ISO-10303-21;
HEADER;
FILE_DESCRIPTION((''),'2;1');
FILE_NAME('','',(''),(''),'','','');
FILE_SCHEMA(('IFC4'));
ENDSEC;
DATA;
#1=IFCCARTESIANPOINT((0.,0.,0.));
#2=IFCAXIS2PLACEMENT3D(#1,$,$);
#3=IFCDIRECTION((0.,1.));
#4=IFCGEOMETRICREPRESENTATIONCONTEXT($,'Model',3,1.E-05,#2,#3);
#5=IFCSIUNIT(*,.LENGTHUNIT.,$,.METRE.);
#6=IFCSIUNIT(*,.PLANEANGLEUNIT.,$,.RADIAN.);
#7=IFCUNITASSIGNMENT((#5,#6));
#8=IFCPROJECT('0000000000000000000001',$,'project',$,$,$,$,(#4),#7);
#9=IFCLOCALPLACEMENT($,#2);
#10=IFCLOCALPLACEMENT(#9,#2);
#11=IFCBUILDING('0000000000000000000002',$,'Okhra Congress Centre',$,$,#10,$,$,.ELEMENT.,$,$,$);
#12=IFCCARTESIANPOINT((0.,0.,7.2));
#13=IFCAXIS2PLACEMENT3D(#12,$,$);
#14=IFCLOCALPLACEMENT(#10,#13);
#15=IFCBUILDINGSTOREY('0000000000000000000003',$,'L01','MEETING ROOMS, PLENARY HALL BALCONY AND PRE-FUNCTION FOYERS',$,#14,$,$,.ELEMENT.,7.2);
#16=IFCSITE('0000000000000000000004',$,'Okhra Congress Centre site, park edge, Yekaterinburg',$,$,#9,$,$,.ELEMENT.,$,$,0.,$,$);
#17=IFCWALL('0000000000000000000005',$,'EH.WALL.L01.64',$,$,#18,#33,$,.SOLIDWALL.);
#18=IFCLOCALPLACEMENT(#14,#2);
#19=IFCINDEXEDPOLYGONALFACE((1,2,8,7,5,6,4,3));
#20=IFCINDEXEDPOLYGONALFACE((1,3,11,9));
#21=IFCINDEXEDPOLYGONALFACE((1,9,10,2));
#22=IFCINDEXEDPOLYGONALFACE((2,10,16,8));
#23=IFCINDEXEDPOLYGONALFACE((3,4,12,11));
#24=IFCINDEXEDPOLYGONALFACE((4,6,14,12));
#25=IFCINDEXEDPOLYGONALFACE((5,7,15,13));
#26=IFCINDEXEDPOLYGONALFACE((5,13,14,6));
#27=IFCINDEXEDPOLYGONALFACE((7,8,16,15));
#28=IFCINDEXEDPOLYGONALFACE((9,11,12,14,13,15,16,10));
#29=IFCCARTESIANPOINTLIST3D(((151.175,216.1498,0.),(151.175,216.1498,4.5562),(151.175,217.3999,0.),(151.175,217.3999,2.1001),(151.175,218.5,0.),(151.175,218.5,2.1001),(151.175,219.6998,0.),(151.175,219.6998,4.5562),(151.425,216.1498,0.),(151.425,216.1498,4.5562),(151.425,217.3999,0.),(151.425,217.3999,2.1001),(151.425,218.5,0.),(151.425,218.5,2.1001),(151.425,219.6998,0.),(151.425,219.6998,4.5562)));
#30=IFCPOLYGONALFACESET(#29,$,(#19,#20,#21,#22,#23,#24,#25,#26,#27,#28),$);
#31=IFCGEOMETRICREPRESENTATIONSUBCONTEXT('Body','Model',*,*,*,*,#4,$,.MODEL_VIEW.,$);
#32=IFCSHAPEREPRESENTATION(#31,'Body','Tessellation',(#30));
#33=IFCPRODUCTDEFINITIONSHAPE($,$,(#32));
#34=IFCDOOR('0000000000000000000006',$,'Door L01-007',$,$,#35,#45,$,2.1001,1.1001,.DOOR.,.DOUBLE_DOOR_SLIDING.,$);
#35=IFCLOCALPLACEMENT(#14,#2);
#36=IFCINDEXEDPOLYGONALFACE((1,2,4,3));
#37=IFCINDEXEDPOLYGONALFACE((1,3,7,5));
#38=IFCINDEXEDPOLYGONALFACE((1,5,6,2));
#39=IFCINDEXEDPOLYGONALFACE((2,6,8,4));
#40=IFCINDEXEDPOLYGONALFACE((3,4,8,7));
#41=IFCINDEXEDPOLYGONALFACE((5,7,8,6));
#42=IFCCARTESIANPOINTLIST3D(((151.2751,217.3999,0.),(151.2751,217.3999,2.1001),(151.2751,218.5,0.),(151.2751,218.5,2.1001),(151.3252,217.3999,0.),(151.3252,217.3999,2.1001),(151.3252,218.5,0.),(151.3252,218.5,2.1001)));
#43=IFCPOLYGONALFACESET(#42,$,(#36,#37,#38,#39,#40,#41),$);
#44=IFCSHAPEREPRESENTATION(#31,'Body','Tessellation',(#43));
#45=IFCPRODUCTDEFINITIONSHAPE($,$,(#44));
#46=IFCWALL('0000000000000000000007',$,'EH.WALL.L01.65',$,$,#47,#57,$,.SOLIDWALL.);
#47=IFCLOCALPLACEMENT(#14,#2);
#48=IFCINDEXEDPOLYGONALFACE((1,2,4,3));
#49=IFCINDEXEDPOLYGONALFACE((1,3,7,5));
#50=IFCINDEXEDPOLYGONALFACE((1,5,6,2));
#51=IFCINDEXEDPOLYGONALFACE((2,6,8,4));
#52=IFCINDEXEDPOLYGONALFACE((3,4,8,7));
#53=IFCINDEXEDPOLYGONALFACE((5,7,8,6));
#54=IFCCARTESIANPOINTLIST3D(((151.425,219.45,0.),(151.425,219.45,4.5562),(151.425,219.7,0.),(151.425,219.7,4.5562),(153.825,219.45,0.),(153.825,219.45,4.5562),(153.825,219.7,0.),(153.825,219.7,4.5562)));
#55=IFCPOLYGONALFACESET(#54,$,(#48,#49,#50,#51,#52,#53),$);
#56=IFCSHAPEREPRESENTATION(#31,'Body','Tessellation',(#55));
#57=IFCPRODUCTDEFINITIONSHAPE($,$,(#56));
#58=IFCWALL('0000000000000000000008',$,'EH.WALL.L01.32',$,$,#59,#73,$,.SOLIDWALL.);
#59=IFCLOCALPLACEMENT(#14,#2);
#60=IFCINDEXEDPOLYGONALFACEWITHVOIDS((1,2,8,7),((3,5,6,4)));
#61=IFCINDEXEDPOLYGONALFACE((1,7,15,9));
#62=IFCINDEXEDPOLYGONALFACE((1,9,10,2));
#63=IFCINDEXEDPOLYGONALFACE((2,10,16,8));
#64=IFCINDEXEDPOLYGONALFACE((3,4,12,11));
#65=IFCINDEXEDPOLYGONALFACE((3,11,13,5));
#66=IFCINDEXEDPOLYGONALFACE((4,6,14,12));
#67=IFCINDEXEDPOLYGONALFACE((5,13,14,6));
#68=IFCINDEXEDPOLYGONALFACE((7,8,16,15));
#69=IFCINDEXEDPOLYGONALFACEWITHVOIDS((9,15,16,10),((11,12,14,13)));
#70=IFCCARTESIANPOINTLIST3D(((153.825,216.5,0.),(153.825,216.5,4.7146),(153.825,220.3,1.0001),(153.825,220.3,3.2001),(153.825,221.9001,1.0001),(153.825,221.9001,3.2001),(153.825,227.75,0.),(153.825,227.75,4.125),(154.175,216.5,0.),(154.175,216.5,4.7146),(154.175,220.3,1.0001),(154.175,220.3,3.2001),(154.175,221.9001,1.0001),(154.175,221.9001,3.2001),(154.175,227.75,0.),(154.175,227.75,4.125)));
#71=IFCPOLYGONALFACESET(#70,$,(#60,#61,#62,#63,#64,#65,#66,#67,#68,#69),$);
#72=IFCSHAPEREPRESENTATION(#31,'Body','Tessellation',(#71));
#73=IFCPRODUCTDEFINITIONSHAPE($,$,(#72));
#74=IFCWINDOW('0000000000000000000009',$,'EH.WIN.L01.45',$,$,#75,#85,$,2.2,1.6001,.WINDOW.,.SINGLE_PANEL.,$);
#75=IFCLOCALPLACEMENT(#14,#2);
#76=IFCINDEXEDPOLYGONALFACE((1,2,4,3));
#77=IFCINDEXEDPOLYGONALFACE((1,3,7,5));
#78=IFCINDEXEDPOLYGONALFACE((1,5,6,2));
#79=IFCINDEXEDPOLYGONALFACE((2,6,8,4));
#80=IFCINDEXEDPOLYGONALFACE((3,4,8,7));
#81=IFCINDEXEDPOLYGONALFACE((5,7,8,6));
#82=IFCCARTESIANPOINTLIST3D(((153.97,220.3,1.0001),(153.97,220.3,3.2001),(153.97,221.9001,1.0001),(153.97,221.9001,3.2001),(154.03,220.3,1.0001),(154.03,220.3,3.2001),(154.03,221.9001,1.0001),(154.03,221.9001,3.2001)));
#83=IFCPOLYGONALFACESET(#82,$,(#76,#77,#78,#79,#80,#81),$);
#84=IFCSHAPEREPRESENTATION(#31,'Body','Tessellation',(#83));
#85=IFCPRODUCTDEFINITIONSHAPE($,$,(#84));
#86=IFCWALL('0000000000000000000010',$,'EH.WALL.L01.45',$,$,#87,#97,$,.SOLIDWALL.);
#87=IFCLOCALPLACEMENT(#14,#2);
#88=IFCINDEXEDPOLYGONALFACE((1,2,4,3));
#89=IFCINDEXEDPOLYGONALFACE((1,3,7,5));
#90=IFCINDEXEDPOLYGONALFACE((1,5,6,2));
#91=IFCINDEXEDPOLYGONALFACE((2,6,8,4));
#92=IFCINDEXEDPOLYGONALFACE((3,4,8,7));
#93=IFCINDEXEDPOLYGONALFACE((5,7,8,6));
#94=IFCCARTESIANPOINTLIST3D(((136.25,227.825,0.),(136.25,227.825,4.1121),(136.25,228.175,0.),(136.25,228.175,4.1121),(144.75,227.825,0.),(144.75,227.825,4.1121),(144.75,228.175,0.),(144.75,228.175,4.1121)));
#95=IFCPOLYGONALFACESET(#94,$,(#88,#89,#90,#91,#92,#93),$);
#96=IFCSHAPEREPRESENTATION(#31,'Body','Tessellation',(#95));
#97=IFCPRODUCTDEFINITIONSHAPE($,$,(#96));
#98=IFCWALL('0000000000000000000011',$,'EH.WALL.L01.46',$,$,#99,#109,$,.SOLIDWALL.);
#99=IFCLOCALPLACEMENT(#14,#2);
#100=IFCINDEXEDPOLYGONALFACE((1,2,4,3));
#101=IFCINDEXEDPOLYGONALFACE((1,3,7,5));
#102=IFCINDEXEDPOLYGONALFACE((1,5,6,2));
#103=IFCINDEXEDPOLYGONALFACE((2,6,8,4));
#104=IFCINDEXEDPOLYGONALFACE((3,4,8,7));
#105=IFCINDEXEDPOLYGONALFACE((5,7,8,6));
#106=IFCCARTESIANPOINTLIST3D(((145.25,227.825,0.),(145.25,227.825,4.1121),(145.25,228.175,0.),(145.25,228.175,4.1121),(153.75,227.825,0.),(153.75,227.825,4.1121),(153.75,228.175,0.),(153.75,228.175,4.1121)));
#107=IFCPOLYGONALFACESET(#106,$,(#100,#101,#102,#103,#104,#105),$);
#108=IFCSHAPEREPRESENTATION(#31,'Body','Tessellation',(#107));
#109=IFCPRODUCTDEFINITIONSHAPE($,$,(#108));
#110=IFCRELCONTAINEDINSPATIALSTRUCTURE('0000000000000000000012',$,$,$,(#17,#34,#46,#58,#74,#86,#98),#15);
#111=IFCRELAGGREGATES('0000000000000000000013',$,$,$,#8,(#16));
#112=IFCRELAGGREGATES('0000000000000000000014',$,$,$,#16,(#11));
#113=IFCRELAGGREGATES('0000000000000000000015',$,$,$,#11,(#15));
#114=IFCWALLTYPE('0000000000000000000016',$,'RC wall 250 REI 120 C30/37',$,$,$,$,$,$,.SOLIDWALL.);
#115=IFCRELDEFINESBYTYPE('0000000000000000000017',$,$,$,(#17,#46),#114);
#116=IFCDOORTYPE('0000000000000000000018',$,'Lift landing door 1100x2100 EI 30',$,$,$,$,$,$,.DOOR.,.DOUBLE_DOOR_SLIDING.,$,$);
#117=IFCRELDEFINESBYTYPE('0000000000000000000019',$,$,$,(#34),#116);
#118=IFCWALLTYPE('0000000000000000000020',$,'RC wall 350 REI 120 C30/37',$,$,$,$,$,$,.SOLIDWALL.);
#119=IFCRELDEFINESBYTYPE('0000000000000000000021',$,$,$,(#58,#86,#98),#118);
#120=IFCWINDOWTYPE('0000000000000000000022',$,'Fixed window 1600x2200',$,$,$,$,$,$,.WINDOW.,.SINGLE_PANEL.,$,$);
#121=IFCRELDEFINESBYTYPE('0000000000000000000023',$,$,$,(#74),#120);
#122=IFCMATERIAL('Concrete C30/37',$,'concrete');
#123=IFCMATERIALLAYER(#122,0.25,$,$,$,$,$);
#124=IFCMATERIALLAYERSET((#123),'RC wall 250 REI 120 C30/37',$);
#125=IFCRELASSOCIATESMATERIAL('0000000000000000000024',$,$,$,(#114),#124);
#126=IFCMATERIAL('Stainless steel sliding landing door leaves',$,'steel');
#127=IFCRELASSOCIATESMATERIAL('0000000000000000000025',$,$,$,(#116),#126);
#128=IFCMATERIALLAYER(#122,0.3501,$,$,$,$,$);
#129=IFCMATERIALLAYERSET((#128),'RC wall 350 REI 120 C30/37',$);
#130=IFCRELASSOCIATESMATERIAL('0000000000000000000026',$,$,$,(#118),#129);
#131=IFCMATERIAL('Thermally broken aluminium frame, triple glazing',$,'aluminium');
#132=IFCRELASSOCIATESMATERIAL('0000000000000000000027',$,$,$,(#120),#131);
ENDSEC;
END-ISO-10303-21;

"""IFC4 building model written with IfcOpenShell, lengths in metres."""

from ifc_helpers import new_model, si_unit, direction, frame, frame_2d, origin, place, context, subcontext, project, spatial, polyline, rectangle, outline, extrude, material, layer, layer_set, type_object, element, fill, save


model = new_model("IFC4")

# Units and contexts
model_context = context("Model", 3, precision=1e-05, world=origin(), true_north=direction((0.0, 1.0)))
body_context = subcontext(model_context, "Body", "Model", "MODEL_VIEW")
ifc_project = project(units=[si_unit("LENGTHUNIT", "METRE"), si_unit("PLANEANGLEUNIT", "RADIAN")], contexts=[model_context])

# Site, building, storey
site_placement = place(None, origin())
site = spatial("IfcSite", under=ifc_project, at=site_placement, Name="Okhra Congress Centre site, park edge, Yekaterinburg", CompositionType="ELEMENT", RefElevation=0.0)
building_placement = place(site_placement, origin())
building = spatial("IfcBuilding", under=site, at=building_placement, Name="Okhra Congress Centre", CompositionType="ELEMENT")
storey_placement = place(building_placement, frame((0.0, 0.0, 7.2)))
storey = spatial("IfcBuildingStorey", under=building, at=storey_placement, Name="L01", Description="MEETING ROOMS, PLENARY HALL BALCONY AND PRE-FUNCTION FOYERS", CompositionType="ELEMENT", Elevation=7.2)

# Shared definitions
ifc_material_1 = material(Name="Concrete C30/37", Category="concrete")
ifc_layer_1 = layer(ifc_material_1, 0.25)
ifc_layer_set_1 = layer_set([ifc_layer_1], Name="RC wall 250 REI 120 C30/37")
wall_type_1 = type_object("IfcWallType", Name="RC wall 250 REI 120 C30/37", PredefinedType="SOLIDWALL", material=ifc_layer_set_1)

# Wall, opening, door
wall_1_placement = place(storey_placement, frame((151.3, 216.1499, 0.0), z_axis=(0.0, 0.0, 1.0), x_axis=(0.0, 1.0, 0.0)))
wall_1 = element("IfcWall", 1, at=wall_1_placement, inside=storey, type_object=wall_type_1, Name="EH.WALL.L01.64", PredefinedType="SOLIDWALL", context=body_context, shape_type="SweptSolid", body=[
    extrude(rectangle(XDim=3.55, YDim=0.25, at=frame_2d((1.7749, 0.0))), origin(), (0.0, 0.0, 1.0), 4.5562),
])
opening_1_placement = place(wall_1_placement, frame((1.25, 0.0, 0.0)))
opening_1 = element("IfcOpeningElement", 2, at=opening_1_placement, cuts=wall_1, PredefinedType="OPENING", context=body_context, shape_type="SweptSolid", body=[
    extrude(rectangle(XDim=1.1001, YDim=2.1001, at=frame_2d((0.55, 1.05))), frame((0.0, 0.135, 0.0), z_axis=(0.0, -1.0, 0.0), x_axis=(1.0, 0.0, 0.0)), (0.0, 0.0, 1.0), 0.27),
])
ifc_material_2 = material(Name="Stainless steel sliding landing door leaves", Category="steel")
door_type_1 = type_object("IfcDoorType", Name="Lift landing door 1100x2100 EI 30", OperationType="DOUBLE_DOOR_SLIDING", PredefinedType="DOOR", material=ifc_material_2)
door_1_placement = place(opening_1_placement, origin())
door_1 = element("IfcDoor", 3, at=door_1_placement, inside=storey, type_object=door_type_1, Name="Door L01-007", OperationType="DOUBLE_DOOR_SLIDING", OverallHeight=2.1001, OverallWidth=1.1001, PredefinedType="DOOR", context=body_context, shape_type="SweptSolid", body=[
    extrude(rectangle(XDim=1.1001, YDim=2.1001, at=frame_2d((0.55, 1.05))), frame((0.0, 0.0249, 0.0), z_axis=(0.0, -1.0, 0.0), x_axis=(1.0, 0.0, 0.0)), (0.0, 0.0, 1.0), 0.05),
])
fill(opening_1, door_1)

# Wall
wall_2_placement = place(storey_placement, frame((151.425, 219.575, 0.0), z_axis=(0.0, 0.0, 1.0), x_axis=(1.0, 0.0, 0.0)))
element("IfcWall", 4, at=wall_2_placement, inside=storey, type_object=wall_type_1, Name="EH.WALL.L01.65", PredefinedType="SOLIDWALL", context=body_context, shape_type="SweptSolid", body=[
    extrude(rectangle(XDim=2.3999, YDim=0.25, at=frame_2d((1.2, 0.0))), origin(), (0.0, 0.0, 1.0), 4.5562),
])

# Wall, opening, window
ifc_layer_2 = layer(ifc_material_1, 0.3501)
ifc_layer_set_2 = layer_set([ifc_layer_2], Name="RC wall 350 REI 120 C30/37")
wall_type_2 = type_object("IfcWallType", Name="RC wall 350 REI 120 C30/37", PredefinedType="SOLIDWALL", material=ifc_layer_set_2)
wall_3_placement = place(storey_placement, frame((154.0, 216.5, 0.0), z_axis=(0.0, 0.0, 1.0), x_axis=(0.0, 1.0, 0.0)))
wall_3 = element("IfcWall", 5, at=wall_3_placement, inside=storey, type_object=wall_type_2, Name="EH.WALL.L01.32", PredefinedType="SOLIDWALL", context=body_context, shape_type="SweptSolid", body=[
    extrude(outline(polyline([(0.0, 0.0), (11.25, 0.0), (11.25, 4.125), (0.0, 4.7146), (0.0, 0.0)])), frame((0.0, 0.175, 0.0), z_axis=(0.0, -1.0, 0.0), x_axis=(1.0, 0.0, 0.0)), (0.0, 0.0, 1.0), 0.3501),
])
opening_2_placement = place(wall_3_placement, frame((3.8, 0.0, 1.0)))
opening_2 = element("IfcOpeningElement", 6, at=opening_2_placement, cuts=wall_3, PredefinedType="OPENING", context=body_context, shape_type="SweptSolid", body=[
    extrude(rectangle(XDim=1.6001, YDim=2.2, at=frame_2d((0.8, 1.1001))), frame((0.0, 0.1851, 0.0), z_axis=(0.0, -1.0, 0.0), x_axis=(1.0, 0.0, 0.0)), (0.0, 0.0, 1.0), 0.3701),
])
ifc_material_3 = material(Name="Thermally broken aluminium frame, triple glazing", Category="aluminium")
window_type = type_object("IfcWindowType", Name="Fixed window 1600x2200", PartitioningType="SINGLE_PANEL", PredefinedType="WINDOW", material=ifc_material_3)
window_placement = place(opening_2_placement, origin())
window = element("IfcWindow", 7, at=window_placement, inside=storey, type_object=window_type, Name="EH.WIN.L01.45", OverallHeight=2.2, OverallWidth=1.6001, PartitioningType="SINGLE_PANEL", PredefinedType="WINDOW", context=body_context, shape_type="SweptSolid", body=[
    extrude(rectangle(XDim=1.6001, YDim=2.2, at=frame_2d((0.8, 1.1001))), frame((0.0, 0.03, 0.0), z_axis=(0.0, -1.0, 0.0), x_axis=(1.0, 0.0, 0.0)), (0.0, 0.0, 1.0), 0.0601),
])
fill(opening_2, window)

# Walls
for number, where, z_axis, x_axis, name in (
    (8, (136.25, 228.0, 0.0), (0.0, 0.0, 1.0), (1.0, 0.0, 0.0), "EH.WALL.L01.45"),
    (9, (145.25, 228.0, 0.0), (0.0, 0.0, 1.0), (1.0, 0.0, 0.0), "EH.WALL.L01.46"),
):
    element("IfcWall", number, at=place(storey_placement, frame(where, z_axis=z_axis, x_axis=x_axis)), inside=storey, type_object=wall_type_2, Name=name, PredefinedType="SOLIDWALL", context=body_context, shape_type="SweptSolid", body=[
        extrude(rectangle(XDim=8.5, YDim=0.3501, at=frame_2d((4.25, 0.0))), origin(), (0.0, 0.0, 1.0), 4.1121),
    ])

save(model, "model.ifc")
